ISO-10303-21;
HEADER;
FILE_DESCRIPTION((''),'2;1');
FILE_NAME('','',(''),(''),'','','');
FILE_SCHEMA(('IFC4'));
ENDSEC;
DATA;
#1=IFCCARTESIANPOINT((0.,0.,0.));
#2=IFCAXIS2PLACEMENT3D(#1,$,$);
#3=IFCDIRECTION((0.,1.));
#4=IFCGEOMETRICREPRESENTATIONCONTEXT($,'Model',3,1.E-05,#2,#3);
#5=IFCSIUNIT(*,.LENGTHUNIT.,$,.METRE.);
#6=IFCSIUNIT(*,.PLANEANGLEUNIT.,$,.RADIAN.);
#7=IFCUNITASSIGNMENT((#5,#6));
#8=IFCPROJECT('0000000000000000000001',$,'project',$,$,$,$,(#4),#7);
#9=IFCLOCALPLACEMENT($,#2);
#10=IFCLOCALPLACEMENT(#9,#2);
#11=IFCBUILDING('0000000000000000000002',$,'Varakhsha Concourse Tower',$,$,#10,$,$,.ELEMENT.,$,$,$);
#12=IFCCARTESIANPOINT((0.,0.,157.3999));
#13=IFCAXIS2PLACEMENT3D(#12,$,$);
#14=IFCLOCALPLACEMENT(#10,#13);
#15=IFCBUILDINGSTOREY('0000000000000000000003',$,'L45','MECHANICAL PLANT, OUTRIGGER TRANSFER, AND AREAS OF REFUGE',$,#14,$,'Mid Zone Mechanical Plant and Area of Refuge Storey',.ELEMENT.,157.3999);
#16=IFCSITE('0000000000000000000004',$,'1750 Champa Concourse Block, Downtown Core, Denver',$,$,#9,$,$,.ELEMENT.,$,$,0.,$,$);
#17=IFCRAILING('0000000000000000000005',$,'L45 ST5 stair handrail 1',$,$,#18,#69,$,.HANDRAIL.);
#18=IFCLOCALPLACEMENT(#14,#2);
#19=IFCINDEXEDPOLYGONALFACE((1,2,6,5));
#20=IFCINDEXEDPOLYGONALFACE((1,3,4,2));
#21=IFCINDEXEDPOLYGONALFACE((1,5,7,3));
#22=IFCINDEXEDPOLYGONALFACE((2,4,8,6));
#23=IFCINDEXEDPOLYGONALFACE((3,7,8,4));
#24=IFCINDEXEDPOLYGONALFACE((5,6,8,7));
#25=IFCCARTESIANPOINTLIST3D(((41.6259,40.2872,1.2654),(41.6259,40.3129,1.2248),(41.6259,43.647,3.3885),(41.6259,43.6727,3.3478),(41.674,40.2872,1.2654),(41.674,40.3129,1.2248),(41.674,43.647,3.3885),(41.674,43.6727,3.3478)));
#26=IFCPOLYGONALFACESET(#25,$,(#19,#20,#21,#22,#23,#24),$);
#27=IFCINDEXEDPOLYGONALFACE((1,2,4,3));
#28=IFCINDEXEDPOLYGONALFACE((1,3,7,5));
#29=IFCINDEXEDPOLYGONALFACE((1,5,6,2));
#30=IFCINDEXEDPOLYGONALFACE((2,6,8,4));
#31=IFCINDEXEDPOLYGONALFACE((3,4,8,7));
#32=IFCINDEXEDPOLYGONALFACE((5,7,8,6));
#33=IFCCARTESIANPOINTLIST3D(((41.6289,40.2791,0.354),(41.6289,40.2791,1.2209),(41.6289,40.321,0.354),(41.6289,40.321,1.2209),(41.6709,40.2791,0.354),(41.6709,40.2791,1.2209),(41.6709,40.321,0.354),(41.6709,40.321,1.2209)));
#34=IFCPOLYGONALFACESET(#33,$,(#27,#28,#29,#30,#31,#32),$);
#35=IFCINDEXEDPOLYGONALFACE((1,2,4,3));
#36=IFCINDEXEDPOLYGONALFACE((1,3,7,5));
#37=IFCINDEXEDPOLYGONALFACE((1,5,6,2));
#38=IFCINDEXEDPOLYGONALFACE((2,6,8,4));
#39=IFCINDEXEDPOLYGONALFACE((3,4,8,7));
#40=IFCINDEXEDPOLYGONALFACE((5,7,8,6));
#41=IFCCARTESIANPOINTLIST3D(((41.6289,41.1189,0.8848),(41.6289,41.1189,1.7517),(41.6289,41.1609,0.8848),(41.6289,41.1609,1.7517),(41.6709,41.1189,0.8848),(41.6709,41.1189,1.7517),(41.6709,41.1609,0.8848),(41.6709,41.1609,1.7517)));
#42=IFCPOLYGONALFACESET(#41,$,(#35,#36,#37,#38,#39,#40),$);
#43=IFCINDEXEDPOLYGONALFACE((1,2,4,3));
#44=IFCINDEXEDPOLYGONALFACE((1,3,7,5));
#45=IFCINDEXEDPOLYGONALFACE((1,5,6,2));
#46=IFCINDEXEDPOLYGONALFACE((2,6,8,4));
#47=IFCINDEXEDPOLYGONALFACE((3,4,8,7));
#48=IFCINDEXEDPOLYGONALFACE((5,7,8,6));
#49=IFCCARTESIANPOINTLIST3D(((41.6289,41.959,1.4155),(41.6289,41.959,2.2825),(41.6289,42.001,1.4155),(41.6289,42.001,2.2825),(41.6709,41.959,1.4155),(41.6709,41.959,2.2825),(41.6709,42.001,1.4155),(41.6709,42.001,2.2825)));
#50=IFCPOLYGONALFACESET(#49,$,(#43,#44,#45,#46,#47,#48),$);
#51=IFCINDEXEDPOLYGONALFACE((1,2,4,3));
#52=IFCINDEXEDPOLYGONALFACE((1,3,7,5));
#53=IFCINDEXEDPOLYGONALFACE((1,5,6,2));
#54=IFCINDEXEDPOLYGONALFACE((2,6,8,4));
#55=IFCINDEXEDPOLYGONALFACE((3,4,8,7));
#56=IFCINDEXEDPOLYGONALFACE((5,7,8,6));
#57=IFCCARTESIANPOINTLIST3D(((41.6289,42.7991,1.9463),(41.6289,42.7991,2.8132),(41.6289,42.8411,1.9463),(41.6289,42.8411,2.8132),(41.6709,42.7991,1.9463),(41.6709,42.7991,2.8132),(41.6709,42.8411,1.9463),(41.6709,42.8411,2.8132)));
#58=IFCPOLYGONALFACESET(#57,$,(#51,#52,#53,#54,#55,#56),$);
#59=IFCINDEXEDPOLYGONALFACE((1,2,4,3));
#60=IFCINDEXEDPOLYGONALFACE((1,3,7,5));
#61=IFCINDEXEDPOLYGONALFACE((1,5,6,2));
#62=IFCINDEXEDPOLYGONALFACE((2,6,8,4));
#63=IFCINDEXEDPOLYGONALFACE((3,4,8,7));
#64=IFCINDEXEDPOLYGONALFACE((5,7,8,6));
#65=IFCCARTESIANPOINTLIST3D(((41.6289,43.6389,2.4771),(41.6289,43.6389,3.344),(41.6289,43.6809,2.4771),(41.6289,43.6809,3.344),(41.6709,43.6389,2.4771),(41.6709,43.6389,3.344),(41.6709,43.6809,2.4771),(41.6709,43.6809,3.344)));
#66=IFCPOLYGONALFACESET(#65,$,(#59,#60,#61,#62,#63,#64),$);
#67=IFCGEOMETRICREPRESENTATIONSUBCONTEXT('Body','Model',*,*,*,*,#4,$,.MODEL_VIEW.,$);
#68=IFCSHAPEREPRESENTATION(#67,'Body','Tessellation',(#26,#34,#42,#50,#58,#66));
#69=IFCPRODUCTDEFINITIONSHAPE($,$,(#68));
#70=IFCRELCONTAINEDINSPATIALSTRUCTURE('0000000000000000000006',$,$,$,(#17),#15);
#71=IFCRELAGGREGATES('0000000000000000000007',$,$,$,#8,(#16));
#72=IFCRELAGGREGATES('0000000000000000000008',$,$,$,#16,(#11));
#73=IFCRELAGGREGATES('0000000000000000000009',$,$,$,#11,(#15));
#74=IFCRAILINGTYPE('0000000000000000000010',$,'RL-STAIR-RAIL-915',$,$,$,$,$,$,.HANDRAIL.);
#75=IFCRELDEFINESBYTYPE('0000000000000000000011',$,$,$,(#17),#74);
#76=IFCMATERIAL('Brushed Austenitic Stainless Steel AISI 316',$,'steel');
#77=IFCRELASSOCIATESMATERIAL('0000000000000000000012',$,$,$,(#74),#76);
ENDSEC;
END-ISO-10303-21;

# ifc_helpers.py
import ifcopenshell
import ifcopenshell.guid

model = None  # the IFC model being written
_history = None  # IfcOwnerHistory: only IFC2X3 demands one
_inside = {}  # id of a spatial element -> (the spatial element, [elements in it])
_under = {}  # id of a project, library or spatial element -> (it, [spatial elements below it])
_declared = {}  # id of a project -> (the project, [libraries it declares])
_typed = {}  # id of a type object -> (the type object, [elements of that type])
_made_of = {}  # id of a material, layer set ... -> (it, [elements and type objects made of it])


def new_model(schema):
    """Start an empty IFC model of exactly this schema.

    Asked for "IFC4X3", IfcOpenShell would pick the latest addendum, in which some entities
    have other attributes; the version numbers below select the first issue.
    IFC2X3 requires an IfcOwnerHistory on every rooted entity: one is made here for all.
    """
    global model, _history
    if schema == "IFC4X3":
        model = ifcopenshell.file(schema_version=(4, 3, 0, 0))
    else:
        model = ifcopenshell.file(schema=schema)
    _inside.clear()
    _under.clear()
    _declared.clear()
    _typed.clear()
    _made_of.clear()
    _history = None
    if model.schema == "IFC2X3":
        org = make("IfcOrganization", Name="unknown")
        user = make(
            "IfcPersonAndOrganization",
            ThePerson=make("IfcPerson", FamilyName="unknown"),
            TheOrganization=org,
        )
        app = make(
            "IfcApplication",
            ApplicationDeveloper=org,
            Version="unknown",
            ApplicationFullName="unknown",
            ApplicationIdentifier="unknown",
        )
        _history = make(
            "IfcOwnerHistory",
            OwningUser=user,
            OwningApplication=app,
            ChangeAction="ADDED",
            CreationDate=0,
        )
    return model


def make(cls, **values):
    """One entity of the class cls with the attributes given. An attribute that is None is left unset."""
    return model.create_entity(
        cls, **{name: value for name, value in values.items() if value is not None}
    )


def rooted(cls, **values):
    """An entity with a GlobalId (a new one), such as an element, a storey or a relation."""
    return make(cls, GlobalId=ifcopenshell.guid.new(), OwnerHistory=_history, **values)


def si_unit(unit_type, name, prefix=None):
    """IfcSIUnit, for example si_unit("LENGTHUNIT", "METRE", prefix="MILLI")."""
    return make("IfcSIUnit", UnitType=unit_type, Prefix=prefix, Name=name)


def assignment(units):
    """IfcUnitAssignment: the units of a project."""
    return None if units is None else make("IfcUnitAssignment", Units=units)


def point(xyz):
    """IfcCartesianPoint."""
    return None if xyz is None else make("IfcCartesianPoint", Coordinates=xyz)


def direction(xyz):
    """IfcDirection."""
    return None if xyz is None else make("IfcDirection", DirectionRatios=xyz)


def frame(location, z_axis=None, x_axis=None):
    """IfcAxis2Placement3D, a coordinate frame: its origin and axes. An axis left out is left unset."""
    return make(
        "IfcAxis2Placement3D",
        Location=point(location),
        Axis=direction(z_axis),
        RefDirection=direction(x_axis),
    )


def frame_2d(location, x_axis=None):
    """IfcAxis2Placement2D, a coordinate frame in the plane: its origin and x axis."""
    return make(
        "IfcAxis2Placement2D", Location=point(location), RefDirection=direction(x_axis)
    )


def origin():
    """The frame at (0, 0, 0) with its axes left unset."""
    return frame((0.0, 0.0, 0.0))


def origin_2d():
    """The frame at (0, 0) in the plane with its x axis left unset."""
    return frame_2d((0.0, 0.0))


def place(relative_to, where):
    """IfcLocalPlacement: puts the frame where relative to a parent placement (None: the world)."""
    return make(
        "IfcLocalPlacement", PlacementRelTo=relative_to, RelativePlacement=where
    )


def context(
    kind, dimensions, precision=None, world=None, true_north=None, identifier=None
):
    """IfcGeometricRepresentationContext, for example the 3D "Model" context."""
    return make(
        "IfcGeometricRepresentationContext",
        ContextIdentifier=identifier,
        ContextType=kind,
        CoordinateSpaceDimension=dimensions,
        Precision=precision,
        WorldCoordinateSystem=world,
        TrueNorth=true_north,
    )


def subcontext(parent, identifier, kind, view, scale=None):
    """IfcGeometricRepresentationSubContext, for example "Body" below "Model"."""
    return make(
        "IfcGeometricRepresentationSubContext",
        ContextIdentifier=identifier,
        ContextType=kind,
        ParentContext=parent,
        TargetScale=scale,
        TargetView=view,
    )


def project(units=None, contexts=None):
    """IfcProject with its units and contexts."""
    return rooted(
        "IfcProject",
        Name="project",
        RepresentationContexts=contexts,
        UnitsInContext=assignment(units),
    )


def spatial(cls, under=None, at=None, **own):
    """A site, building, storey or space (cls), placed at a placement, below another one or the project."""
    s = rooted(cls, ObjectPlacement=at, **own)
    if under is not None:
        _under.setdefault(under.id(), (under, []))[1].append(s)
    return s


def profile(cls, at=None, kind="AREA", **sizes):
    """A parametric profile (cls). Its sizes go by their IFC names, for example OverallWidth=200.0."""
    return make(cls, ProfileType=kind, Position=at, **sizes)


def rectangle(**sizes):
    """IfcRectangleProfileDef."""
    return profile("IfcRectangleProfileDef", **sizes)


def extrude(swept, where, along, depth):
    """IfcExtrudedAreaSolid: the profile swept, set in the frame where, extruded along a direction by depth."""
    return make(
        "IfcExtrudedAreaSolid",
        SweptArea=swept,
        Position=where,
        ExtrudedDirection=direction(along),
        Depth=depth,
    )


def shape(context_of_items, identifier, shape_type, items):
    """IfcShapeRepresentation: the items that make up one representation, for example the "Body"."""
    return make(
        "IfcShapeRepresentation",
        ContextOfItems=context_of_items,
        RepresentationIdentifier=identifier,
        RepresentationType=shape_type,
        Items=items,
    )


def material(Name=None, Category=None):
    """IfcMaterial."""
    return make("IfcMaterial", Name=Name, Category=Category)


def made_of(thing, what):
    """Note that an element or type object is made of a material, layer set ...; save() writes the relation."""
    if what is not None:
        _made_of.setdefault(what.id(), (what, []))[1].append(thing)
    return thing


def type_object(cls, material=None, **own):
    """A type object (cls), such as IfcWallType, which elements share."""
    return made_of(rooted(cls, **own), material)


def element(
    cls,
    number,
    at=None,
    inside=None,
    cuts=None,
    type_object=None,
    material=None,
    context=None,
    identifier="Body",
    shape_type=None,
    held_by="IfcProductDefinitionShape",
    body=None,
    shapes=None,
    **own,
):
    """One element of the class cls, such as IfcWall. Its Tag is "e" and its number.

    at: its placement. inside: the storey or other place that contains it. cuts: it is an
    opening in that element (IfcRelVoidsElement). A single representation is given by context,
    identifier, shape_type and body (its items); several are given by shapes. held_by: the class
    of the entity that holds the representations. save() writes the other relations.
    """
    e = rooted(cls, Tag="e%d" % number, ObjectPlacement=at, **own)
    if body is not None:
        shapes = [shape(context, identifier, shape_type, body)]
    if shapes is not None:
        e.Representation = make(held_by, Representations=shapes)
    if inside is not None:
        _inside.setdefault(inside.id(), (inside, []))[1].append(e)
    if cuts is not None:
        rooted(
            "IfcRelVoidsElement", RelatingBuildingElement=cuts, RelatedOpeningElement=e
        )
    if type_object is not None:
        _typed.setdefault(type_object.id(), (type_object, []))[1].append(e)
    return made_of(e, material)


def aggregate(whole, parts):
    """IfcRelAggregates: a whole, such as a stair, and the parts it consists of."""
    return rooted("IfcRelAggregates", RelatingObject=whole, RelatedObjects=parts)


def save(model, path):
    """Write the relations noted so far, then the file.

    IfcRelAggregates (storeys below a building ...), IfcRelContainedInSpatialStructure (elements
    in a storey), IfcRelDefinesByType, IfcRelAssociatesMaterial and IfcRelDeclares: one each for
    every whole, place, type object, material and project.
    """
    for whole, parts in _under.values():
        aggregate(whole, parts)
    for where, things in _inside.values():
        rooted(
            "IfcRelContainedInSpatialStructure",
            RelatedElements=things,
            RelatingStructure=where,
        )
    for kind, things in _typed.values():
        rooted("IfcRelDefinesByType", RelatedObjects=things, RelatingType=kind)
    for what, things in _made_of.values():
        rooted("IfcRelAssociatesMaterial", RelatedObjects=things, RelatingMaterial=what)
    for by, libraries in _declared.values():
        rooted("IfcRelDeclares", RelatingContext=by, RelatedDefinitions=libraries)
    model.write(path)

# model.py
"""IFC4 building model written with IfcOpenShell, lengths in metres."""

from ifc_helpers import new_model, si_unit, direction, frame, origin, origin_2d, place, context, subcontext, project, spatial, rectangle, extrude, material, type_object, element, save


model = new_model("IFC4")

# Units and contexts
model_context = context("Model", 3, precision=1e-05, world=origin(), true_north=direction((0.0, 1.0)))
body_context = subcontext(model_context, "Body", "Model", "MODEL_VIEW")
ifc_project = project(units=[si_unit("LENGTHUNIT", "METRE"), si_unit("PLANEANGLEUNIT", "RADIAN")], contexts=[model_context])

# Site, building, storey
site_placement = place(None, origin())
site = spatial("IfcSite", under=ifc_project, at=site_placement, Name="1750 Champa Concourse Block, Downtown Core, Denver", CompositionType="ELEMENT", RefElevation=0.0)
building_placement = place(site_placement, origin())
building = spatial("IfcBuilding", under=site, at=building_placement, Name="Varakhsha Concourse Tower", CompositionType="ELEMENT")
storey_placement = place(building_placement, frame((0.0, 0.0, 157.3999)))
storey = spatial("IfcBuildingStorey", under=building, at=storey_placement, Name="L45", Description="MECHANICAL PLANT, OUTRIGGER TRANSFER, AND AREAS OF REFUGE", LongName="Mid Zone Mechanical Plant and Area of Refuge Storey", CompositionType="ELEMENT", Elevation=157.3999)

# Railing
ifc_material_1 = material(Name="Brushed Austenitic Stainless Steel AISI 316", Category="steel")
railing_type_1 = type_object("IfcRailingType", Name="RL-STAIR-RAIL-915", PredefinedType="HANDRAIL", material=ifc_material_1)
railing_1_placement = place(storey_placement, frame((41.6499, 40.3, 0.354)))
element("IfcRailing", 1, at=railing_1_placement, inside=storey, type_object=railing_type_1, Name="L45 ST5 stair handrail 1", PredefinedType="HANDRAIL", context=body_context, shape_type="SweptSolid", body=[
    extrude(rectangle(XDim=0.0481, YDim=0.0481, at=origin_2d()), frame((0.0, 0.0, 0.8911), z_axis=(0.0, 0.845372, 0.534178), x_axis=(-1.0, 0.0, 0.0)), (0.0, 0.0, 1.0), 3.9744),
    extrude(rectangle(XDim=0.042, YDim=0.042, at=origin_2d()), origin(), (0.0, 0.0, 1.0), 0.8669),
    extrude(rectangle(XDim=0.042, YDim=0.042, at=origin_2d()), frame((0.0, 0.8398, 0.5308)), (0.0, 0.0, 1.0), 0.8669),
    extrude(rectangle(XDim=0.042, YDim=0.042, at=origin_2d()), frame((0.0, 1.6799, 1.0615)), (0.0, 0.0, 1.0), 0.8669),
    extrude(rectangle(XDim=0.042, YDim=0.042, at=origin_2d()), frame((0.0, 2.52, 1.5923)), (0.0, 0.0, 1.0), 0.8669),
    extrude(rectangle(XDim=0.042, YDim=0.042, at=origin_2d()), frame((0.0, 3.3599, 2.123)), (0.0, 0.0, 1.0), 0.8669),
])

save(model, "model.ifc")
